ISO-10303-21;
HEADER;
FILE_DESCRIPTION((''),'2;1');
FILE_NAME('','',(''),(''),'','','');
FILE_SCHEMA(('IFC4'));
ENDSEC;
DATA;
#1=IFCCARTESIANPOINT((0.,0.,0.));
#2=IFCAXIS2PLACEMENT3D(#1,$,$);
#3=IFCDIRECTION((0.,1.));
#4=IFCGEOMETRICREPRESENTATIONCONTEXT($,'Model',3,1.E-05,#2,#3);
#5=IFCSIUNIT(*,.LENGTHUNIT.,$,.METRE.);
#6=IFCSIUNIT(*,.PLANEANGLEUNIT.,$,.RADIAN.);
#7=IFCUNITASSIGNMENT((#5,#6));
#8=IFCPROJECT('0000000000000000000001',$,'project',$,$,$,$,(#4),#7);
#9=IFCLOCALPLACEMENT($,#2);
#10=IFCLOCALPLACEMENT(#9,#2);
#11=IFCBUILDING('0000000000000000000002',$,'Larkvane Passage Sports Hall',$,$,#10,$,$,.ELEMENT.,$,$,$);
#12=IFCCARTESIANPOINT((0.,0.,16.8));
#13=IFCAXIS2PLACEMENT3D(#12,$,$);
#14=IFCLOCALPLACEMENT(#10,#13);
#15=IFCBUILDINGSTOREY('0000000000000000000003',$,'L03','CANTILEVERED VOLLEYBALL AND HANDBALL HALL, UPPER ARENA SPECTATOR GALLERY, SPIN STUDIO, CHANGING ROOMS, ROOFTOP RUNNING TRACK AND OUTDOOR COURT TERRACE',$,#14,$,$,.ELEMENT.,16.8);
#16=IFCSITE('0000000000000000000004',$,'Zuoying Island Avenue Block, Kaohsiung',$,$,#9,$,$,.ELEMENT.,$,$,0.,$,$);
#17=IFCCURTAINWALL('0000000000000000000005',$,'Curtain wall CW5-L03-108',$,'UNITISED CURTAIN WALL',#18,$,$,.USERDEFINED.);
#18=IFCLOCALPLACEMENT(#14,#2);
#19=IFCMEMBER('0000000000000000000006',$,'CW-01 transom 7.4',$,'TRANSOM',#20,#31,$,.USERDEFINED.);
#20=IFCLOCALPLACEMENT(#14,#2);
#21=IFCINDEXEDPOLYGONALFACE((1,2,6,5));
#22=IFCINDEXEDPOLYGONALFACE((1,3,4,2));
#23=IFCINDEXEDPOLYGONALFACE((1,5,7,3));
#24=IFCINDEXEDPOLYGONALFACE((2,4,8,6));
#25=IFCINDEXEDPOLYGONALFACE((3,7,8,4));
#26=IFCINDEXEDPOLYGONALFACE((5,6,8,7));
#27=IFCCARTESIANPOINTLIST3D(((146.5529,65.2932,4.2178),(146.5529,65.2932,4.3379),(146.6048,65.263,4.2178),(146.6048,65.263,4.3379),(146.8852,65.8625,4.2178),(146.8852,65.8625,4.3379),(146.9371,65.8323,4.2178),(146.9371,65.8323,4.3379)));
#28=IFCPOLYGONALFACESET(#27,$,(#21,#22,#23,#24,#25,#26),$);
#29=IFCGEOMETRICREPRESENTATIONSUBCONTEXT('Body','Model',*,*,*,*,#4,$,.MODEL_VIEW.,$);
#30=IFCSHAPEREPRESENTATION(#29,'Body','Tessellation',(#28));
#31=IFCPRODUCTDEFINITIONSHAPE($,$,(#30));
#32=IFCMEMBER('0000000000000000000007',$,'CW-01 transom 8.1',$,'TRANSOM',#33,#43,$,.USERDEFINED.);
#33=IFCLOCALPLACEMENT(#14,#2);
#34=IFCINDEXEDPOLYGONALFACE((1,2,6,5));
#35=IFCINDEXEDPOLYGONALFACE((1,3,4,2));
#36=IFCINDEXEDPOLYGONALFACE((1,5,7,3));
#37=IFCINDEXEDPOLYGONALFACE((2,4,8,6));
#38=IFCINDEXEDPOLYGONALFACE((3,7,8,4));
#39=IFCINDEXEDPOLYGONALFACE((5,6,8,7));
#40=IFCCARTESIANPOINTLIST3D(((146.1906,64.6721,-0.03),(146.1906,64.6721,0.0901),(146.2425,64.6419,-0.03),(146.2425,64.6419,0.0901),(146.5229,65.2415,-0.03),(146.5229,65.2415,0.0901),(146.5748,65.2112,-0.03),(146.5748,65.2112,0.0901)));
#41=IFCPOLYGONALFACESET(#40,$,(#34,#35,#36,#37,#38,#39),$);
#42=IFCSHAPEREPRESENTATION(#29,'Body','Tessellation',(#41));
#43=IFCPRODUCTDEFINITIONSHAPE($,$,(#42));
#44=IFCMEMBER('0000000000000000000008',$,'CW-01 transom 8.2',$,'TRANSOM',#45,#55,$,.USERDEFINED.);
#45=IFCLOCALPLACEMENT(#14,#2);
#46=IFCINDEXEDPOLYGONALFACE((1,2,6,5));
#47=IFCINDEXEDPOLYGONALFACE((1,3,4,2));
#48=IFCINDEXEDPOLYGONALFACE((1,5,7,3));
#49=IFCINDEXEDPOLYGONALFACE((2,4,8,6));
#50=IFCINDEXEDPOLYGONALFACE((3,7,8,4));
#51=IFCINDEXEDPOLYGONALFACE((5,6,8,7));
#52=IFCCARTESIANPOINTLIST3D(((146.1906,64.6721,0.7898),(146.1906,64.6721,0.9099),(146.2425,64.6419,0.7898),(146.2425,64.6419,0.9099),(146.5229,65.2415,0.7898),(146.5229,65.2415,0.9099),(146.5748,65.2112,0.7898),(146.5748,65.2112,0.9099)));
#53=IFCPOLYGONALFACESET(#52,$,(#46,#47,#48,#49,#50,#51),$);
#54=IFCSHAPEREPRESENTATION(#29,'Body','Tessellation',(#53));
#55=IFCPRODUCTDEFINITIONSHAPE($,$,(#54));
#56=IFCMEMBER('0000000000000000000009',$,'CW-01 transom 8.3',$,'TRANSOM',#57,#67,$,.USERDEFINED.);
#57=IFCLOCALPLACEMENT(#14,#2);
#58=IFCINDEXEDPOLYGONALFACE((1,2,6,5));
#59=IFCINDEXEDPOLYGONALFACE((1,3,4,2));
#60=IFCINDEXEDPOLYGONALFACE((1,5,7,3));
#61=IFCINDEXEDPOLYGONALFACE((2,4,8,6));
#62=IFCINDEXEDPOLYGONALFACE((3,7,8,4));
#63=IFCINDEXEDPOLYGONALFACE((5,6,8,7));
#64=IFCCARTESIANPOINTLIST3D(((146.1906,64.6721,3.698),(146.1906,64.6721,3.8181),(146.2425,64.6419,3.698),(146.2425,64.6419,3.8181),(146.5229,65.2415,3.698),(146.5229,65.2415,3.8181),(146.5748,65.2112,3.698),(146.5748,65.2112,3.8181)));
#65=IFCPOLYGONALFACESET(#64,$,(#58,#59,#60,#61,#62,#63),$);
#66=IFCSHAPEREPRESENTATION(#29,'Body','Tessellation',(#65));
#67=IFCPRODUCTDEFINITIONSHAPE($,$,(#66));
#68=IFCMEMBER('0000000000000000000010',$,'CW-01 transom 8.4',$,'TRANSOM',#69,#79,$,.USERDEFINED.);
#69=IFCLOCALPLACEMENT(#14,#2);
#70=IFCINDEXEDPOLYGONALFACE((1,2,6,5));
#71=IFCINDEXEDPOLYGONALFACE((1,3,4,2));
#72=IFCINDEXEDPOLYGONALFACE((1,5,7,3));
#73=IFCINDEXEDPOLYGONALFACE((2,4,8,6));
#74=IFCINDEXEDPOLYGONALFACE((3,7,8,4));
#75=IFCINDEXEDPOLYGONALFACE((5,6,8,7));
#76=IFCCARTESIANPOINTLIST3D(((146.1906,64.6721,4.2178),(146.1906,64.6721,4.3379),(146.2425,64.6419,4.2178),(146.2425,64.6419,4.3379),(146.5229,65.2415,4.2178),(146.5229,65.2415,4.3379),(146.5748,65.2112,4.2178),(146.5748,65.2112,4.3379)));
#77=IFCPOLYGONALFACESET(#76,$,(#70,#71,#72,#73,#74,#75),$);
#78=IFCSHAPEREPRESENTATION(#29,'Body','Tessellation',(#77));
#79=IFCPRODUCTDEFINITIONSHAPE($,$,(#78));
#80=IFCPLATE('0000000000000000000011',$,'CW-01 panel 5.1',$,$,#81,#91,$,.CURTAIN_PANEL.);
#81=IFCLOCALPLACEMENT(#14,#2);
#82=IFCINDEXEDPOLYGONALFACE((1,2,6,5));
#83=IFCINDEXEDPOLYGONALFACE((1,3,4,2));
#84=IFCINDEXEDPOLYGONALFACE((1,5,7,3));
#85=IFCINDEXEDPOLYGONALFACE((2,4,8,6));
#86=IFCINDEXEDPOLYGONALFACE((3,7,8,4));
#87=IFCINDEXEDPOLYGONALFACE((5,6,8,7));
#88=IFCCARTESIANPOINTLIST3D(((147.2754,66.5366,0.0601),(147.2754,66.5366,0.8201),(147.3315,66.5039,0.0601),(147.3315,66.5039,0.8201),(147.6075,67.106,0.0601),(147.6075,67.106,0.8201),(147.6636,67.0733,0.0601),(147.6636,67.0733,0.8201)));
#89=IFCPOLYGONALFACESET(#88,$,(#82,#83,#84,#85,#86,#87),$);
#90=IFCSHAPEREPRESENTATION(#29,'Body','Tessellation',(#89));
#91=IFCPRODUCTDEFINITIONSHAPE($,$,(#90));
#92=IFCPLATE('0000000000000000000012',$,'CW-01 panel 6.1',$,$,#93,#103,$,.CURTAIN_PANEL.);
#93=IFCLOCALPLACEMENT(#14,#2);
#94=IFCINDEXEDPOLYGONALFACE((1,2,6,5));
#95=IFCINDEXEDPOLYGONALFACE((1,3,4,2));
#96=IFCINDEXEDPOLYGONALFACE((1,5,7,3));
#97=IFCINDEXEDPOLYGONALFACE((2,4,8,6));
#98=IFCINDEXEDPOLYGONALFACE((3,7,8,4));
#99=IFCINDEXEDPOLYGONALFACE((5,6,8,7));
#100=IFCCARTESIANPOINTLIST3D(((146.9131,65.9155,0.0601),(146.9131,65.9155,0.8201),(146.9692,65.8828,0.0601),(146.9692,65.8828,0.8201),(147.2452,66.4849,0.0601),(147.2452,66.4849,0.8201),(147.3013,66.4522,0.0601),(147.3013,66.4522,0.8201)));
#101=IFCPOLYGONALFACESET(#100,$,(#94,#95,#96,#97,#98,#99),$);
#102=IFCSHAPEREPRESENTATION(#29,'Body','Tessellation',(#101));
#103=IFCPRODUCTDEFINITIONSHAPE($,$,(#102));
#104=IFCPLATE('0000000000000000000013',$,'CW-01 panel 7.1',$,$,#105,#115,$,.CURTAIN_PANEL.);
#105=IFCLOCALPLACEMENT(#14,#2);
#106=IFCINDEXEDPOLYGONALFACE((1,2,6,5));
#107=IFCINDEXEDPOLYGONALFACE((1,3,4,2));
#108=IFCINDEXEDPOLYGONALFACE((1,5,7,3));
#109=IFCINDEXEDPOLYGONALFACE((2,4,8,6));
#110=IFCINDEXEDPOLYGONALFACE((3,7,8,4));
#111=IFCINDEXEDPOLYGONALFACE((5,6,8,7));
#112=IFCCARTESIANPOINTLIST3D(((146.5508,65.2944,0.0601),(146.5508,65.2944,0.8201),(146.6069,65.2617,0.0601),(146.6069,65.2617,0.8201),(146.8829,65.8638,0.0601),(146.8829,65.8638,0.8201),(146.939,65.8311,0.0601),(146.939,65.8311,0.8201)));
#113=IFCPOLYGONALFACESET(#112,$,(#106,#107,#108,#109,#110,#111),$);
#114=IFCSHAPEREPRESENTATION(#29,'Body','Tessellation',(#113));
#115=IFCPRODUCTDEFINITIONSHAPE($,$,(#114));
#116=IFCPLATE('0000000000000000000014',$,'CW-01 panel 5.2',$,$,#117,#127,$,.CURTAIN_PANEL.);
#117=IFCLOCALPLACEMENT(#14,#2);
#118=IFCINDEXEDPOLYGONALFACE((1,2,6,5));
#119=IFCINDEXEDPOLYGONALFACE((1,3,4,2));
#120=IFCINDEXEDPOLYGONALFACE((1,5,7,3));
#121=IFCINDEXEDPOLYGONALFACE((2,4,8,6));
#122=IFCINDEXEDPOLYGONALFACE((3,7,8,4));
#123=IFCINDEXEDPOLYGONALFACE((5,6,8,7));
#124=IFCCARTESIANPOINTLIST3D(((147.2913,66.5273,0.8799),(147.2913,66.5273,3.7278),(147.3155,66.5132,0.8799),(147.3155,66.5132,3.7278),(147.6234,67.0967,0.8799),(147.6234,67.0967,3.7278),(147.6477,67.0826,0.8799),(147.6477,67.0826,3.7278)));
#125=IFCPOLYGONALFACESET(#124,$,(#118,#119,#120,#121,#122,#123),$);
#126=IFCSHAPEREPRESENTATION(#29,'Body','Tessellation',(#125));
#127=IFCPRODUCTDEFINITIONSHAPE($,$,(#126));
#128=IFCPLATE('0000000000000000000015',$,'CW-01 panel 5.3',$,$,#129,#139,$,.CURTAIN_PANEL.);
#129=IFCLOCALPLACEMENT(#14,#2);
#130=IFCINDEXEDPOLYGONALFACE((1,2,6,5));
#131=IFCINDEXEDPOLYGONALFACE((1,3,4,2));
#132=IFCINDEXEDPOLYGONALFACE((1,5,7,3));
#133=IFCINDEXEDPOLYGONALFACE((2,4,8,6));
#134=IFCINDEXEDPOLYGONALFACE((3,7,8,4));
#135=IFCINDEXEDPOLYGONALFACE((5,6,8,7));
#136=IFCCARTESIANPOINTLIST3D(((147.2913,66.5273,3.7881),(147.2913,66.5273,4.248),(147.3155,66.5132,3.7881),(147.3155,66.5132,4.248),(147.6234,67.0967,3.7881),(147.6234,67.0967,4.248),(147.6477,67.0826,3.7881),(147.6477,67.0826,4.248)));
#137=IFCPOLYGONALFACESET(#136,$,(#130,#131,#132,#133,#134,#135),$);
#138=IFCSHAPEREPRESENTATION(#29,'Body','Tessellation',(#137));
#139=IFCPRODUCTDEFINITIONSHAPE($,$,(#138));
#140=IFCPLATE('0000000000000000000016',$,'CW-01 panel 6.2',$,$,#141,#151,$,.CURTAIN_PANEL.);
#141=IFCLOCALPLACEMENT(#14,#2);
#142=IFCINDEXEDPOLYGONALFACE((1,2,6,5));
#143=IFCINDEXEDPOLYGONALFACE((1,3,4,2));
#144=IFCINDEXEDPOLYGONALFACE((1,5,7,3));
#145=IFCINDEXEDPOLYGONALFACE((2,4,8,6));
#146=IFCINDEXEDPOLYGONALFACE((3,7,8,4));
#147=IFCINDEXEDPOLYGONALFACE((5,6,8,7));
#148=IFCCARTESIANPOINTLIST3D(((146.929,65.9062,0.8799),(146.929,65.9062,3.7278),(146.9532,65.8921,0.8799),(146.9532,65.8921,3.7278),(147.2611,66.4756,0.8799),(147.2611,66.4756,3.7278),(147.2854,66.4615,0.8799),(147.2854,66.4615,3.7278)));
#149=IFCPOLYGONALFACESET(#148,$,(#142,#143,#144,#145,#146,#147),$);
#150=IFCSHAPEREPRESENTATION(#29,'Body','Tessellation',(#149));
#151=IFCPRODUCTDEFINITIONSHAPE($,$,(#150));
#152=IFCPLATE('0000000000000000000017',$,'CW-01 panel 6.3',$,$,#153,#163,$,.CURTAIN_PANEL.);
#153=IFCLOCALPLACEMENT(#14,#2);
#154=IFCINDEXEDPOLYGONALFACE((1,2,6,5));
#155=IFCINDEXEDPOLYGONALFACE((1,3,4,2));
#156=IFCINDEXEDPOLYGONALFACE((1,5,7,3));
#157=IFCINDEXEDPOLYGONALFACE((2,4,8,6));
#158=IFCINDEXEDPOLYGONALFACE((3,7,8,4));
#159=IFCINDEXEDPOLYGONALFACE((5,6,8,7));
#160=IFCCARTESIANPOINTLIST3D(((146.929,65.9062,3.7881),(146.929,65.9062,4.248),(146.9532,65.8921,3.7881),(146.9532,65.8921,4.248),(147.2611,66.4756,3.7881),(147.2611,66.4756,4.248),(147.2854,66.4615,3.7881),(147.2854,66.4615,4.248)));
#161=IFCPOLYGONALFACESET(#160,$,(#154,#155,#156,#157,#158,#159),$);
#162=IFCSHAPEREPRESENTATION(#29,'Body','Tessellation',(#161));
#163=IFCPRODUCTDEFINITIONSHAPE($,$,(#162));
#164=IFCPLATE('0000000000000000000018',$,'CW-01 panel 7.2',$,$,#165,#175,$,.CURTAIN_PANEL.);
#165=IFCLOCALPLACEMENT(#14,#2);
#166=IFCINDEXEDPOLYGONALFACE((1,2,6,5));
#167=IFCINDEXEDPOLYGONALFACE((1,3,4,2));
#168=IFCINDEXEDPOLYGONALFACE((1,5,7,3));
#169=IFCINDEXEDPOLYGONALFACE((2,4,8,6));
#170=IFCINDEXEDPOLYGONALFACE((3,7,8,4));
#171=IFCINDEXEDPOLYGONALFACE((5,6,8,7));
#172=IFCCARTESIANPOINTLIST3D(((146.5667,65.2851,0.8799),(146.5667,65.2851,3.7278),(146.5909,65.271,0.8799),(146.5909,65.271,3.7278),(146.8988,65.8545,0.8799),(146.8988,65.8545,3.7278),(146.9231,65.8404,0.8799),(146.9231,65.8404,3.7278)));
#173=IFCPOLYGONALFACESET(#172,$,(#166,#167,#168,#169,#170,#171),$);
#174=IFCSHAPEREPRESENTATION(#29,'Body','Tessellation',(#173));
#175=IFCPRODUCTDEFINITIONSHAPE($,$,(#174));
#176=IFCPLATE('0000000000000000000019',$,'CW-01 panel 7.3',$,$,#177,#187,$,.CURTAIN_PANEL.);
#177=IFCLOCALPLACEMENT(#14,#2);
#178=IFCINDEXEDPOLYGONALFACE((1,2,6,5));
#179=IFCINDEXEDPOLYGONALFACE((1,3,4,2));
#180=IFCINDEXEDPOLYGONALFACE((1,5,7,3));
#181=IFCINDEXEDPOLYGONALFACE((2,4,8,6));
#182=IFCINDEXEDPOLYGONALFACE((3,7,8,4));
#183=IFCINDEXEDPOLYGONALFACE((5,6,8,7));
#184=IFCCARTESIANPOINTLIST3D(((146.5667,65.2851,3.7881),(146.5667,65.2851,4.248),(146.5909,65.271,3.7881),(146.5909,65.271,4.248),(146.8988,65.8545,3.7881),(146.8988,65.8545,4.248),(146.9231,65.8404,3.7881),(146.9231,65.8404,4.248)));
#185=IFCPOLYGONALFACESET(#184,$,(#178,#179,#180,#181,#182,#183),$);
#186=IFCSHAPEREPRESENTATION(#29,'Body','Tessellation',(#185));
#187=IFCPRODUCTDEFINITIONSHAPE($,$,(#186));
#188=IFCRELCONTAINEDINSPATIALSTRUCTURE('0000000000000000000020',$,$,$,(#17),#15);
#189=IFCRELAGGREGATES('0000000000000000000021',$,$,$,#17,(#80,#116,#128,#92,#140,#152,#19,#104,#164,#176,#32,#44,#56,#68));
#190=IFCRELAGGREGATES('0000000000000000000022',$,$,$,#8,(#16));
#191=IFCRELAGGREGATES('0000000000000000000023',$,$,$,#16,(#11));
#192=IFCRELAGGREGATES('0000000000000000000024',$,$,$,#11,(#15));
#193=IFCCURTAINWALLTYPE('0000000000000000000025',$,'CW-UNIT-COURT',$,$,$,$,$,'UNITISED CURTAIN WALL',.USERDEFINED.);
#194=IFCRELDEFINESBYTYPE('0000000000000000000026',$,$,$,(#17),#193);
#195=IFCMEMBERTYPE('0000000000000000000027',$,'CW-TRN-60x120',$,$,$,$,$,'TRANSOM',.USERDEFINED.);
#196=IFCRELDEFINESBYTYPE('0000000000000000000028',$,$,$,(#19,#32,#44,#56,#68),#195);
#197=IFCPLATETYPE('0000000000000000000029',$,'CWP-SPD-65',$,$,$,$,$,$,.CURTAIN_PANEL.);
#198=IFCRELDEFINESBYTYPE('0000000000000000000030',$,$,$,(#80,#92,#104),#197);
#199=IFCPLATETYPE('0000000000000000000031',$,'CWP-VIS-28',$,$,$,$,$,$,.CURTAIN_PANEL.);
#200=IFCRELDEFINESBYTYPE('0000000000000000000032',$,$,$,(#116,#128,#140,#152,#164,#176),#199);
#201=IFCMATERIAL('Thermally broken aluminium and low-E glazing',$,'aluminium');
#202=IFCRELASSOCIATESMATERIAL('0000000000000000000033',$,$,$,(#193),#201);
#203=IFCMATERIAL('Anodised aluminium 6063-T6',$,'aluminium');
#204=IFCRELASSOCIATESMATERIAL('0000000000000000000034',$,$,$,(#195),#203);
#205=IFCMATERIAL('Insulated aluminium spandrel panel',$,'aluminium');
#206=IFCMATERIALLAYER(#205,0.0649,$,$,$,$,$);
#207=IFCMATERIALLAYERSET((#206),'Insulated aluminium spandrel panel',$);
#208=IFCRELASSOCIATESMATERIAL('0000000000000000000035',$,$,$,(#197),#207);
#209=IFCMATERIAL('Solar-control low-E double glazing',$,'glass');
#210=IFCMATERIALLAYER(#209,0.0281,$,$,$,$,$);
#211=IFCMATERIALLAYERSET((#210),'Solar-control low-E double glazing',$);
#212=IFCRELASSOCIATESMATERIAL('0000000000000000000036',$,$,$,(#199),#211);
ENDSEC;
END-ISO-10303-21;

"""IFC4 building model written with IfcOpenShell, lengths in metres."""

from ifc_helpers import new_model, si_unit, direction, frame, origin, origin_2d, place, context, subcontext, project, spatial, rectangle, extrude, material, layer, layer_set, material_profile, profile_set, type_object, element, aggregate, save


model = new_model("IFC4")

# Units and contexts
model_context = context("Model", 3, precision=1e-05, world=origin(), true_north=direction((0.0, 1.0)))
body_context = subcontext(model_context, "Body", "Model", "MODEL_VIEW")
ifc_project = project(units=[si_unit("LENGTHUNIT", "METRE"), si_unit("PLANEANGLEUNIT", "RADIAN")], contexts=[model_context])

# Site, building, storey
site_placement = place(None, origin())
site = spatial("IfcSite", under=ifc_project, at=site_placement, Name="Zuoying Island Avenue Block, Kaohsiung", CompositionType="ELEMENT", RefElevation=0.0)
building_placement = place(site_placement, origin())
building = spatial("IfcBuilding", under=site, at=building_placement, Name="Larkvane Passage Sports Hall", CompositionType="ELEMENT")
storey_placement = place(building_placement, frame((0.0, 0.0, 16.8)))
storey = spatial("IfcBuildingStorey", under=building, at=storey_placement, Name="L03", Description="CANTILEVERED VOLLEYBALL AND HANDBALL HALL, UPPER ARENA SPECTATOR GALLERY, SPIN STUDIO, CHANGING ROOMS, ROOFTOP RUNNING TRACK AND OUTDOOR COURT TERRACE", CompositionType="ELEMENT", Elevation=16.8)

# Curtain wall, members, plates
ifc_material_1 = material(Name="Thermally broken aluminium and low-E glazing", Category="aluminium")
curtain_wall_type = type_object("IfcCurtainWallType", Name="CW-UNIT-COURT", ElementType="UNITISED CURTAIN WALL", PredefinedType="USERDEFINED", material=ifc_material_1)
curtain_wall_placement = place(storey_placement, origin())
curtain_wall = element("IfcCurtainWall", 1, at=curtain_wall_placement, inside=storey, type_object=curtain_wall_type, Name="Curtain wall CW5-L03-108", ObjectType="UNITISED CURTAIN WALL", PredefinedType="USERDEFINED")
ifc_material_2 = material(Name="Anodised aluminium 6063-T6", Category="aluminium")
ifc_material_profile_1 = material_profile(ifc_material_2, rectangle(XDim=0.0601, YDim=0.1201, at=origin_2d()), Name="ALU-TRN-60x120")
ifc_profile_set_1 = profile_set([ifc_material_profile_1], Name="Anodised aluminium 6063-T6")
member_type_1 = type_object("IfcMemberType", Name="CW-TRN-60x120", ElementType="TRANSOM", PredefinedType="USERDEFINED", material=ifc_profile_set_1)
member_1_placement = place(storey_placement, frame((146.9111, 65.8474, 4.2778), z_axis=(-0.504055, -0.863671, 0.0), x_axis=(0.863671, -0.504055, 0.0)))
member_1 = element("IfcMember", 2, at=member_1_placement, type_object=member_type_1, Name="CW-01 transom 7.4", ObjectType="TRANSOM", PredefinedType="USERDEFINED", context=body_context, shape_type="SweptSolid", body=[
    extrude(rectangle(XDim=0.0601, YDim=0.1201, at=origin_2d()), origin(), (0.0, 0.0, 1.0), 0.6592),
])
member_2_placement = place(storey_placement, frame((146.5488, 65.2263, 0.03), z_axis=(-0.504055, -0.863671, 0.0), x_axis=(0.863671, -0.504055, 0.0)))
member_2 = element("IfcMember", 3, at=member_2_placement, type_object=member_type_1, Name="CW-01 transom 8.1", ObjectType="TRANSOM", PredefinedType="USERDEFINED", context=body_context, shape_type="SweptSolid", body=[
    extrude(rectangle(XDim=0.0601, YDim=0.1201, at=origin_2d()), origin(), (0.0, 0.0, 1.0), 0.6592),
])
member_3_placement = place(storey_placement, frame((146.5488, 65.2263, 0.8499), z_axis=(-0.504055, -0.863671, 0.0), x_axis=(0.863671, -0.504055, 0.0)))
member_3 = element("IfcMember", 4, at=member_3_placement, type_object=member_type_1, Name="CW-01 transom 8.2", ObjectType="TRANSOM", PredefinedType="USERDEFINED", context=body_context, shape_type="SweptSolid", body=[
    extrude(rectangle(XDim=0.0601, YDim=0.1201, at=origin_2d()), origin(), (0.0, 0.0, 1.0), 0.6592),
])
member_4_placement = place(storey_placement, frame((146.5488, 65.2263, 3.7581), z_axis=(-0.504055, -0.863671, 0.0), x_axis=(0.863671, -0.504055, 0.0)))
member_4 = element("IfcMember", 5, at=member_4_placement, type_object=member_type_1, Name="CW-01 transom 8.3", ObjectType="TRANSOM", PredefinedType="USERDEFINED", context=body_context, shape_type="SweptSolid", body=[
    extrude(rectangle(XDim=0.0601, YDim=0.1201, at=origin_2d()), origin(), (0.0, 0.0, 1.0), 0.6592),
])
member_5_placement = place(storey_placement, frame((146.5488, 65.2263, 4.2778), z_axis=(-0.504055, -0.863671, 0.0), x_axis=(0.863671, -0.504055, 0.0)))
member_5 = element("IfcMember", 6, at=member_5_placement, type_object=member_type_1, Name="CW-01 transom 8.4", ObjectType="TRANSOM", PredefinedType="USERDEFINED", context=body_context, shape_type="SweptSolid", body=[
    extrude(rectangle(XDim=0.0601, YDim=0.1201, at=origin_2d()), origin(), (0.0, 0.0, 1.0), 0.6592),
])
ifc_material_3 = material(Name="Insulated aluminium spandrel panel", Category="aluminium")
ifc_layer_1 = layer(ifc_material_3, 0.0649)
ifc_layer_set_1 = layer_set([ifc_layer_1], Name="Insulated aluminium spandrel panel")
plate_type_1 = type_object("IfcPlateType", Name="CWP-SPD-65", PredefinedType="CURTAIN_PANEL", material=ifc_layer_set_1)
plate_1_placement = place(storey_placement, frame((147.4695, 66.8049, 0.0601), z_axis=(0.0, 0.0, 1.0), x_axis=(-0.503867, -0.863781, 0.0)))
plate_1 = element("IfcPlate", 7, at=plate_1_placement, type_object=plate_type_1, Name="CW-01 panel 5.1", PredefinedType="CURTAIN_PANEL", context=body_context, shape_type="SweptSolid", body=[
    extrude(rectangle(XDim=0.6592, YDim=0.0649, at=origin_2d()), origin(), (0.0, 0.0, 1.0), 0.76),
])
plate_2_placement = place(storey_placement, frame((147.1072, 66.1838, 0.0601), z_axis=(0.0, 0.0, 1.0), x_axis=(-0.503867, -0.863781, 0.0)))
plate_2 = element("IfcPlate", 8, at=plate_2_placement, type_object=plate_type_1, Name="CW-01 panel 6.1", PredefinedType="CURTAIN_PANEL", context=body_context, shape_type="SweptSolid", body=[
    extrude(rectangle(XDim=0.6592, YDim=0.0649, at=origin_2d()), origin(), (0.0, 0.0, 1.0), 0.76),
])
plate_3_placement = place(storey_placement, frame((146.7449, 65.5627, 0.0601), z_axis=(0.0, 0.0, 1.0), x_axis=(-0.503867, -0.863781, 0.0)))
plate_3 = element("IfcPlate", 9, at=plate_3_placement, type_object=plate_type_1, Name="CW-01 panel 7.1", PredefinedType="CURTAIN_PANEL", context=body_context, shape_type="SweptSolid", body=[
    extrude(rectangle(XDim=0.6592, YDim=0.0649, at=origin_2d()), origin(), (0.0, 0.0, 1.0), 0.76),
])
ifc_material_4 = material(Name="Solar-control low-E double glazing", Category="glass")
ifc_layer_2 = layer(ifc_material_4, 0.0281)
ifc_layer_set_2 = layer_set([ifc_layer_2], Name="Solar-control low-E double glazing")
plate_type_2 = type_object("IfcPlateType", Name="CWP-VIS-28", PredefinedType="CURTAIN_PANEL", material=ifc_layer_set_2)
plate_4_placement = place(storey_placement, frame((147.4695, 66.8049, 0.8799), z_axis=(0.0, 0.0, 1.0), x_axis=(-0.503867, -0.863781, 0.0)))
plate_4 = element("IfcPlate", 10, at=plate_4_placement, type_object=plate_type_2, Name="CW-01 panel 5.2", PredefinedType="CURTAIN_PANEL", context=body_context, shape_type="SweptSolid", body=[
    extrude(rectangle(XDim=0.6592, YDim=0.0281, at=origin_2d()), origin(), (0.0, 0.0, 1.0), 2.8479),
])
plate_5_placement = place(storey_placement, frame((147.4695, 66.8049, 3.7881), z_axis=(0.0, 0.0, 1.0), x_axis=(-0.503867, -0.863781, 0.0)))
plate_5 = element("IfcPlate", 11, at=plate_5_placement, type_object=plate_type_2, Name="CW-01 panel 5.3", PredefinedType="CURTAIN_PANEL", context=body_context, shape_type="SweptSolid", body=[
    extrude(rectangle(XDim=0.6592, YDim=0.0281, at=origin_2d()), origin(), (0.0, 0.0, 1.0), 0.46),
])
plate_6_placement = place(storey_placement, frame((147.1072, 66.1838, 0.8799), z_axis=(0.0, 0.0, 1.0), x_axis=(-0.503867, -0.863781, 0.0)))
plate_6 = element("IfcPlate", 12, at=plate_6_placement, type_object=plate_type_2, Name="CW-01 panel 6.2", PredefinedType="CURTAIN_PANEL", context=body_context, shape_type="SweptSolid", body=[
    extrude(rectangle(XDim=0.6592, YDim=0.0281, at=origin_2d()), origin(), (0.0, 0.0, 1.0), 2.8479),
])
plate_7_placement = place(storey_placement, frame((147.1072, 66.1838, 3.7881), z_axis=(0.0, 0.0, 1.0), x_axis=(-0.503867, -0.863781, 0.0)))
plate_7 = element("IfcPlate", 13, at=plate_7_placement, type_object=plate_type_2, Name="CW-01 panel 6.3", PredefinedType="CURTAIN_PANEL", context=body_context, shape_type="SweptSolid", body=[
    extrude(rectangle(XDim=0.6592, YDim=0.0281, at=origin_2d()), origin(), (0.0, 0.0, 1.0), 0.46),
])
plate_8_placement = place(storey_placement, frame((146.7449, 65.5627, 0.8799), z_axis=(0.0, 0.0, 1.0), x_axis=(-0.503867, -0.863781, 0.0)))
plate_8 = element("IfcPlate", 14, at=plate_8_placement, type_object=plate_type_2, Name="CW-01 panel 7.2", PredefinedType="CURTAIN_PANEL", context=body_context, shape_type="SweptSolid", body=[
    extrude(rectangle(XDim=0.6592, YDim=0.0281, at=origin_2d()), origin(), (0.0, 0.0, 1.0), 2.8479),
])
plate_9_placement = place(storey_placement, frame((146.7449, 65.5627, 3.7881), z_axis=(0.0, 0.0, 1.0), x_axis=(-0.503867, -0.863781, 0.0)))
plate_9 = element("IfcPlate", 15, at=plate_9_placement, type_object=plate_type_2, Name="CW-01 panel 7.3", PredefinedType="CURTAIN_PANEL", context=body_context, shape_type="SweptSolid", body=[
    extrude(rectangle(XDim=0.6592, YDim=0.0281, at=origin_2d()), origin(), (0.0, 0.0, 1.0), 0.46),
])
aggregate(curtain_wall, [plate_1, plate_4, plate_5, plate_2, plate_6, plate_7, member_1, plate_3, plate_8, plate_9, member_2, member_3, member_4, member_5])

save(model, "model.ifc")
